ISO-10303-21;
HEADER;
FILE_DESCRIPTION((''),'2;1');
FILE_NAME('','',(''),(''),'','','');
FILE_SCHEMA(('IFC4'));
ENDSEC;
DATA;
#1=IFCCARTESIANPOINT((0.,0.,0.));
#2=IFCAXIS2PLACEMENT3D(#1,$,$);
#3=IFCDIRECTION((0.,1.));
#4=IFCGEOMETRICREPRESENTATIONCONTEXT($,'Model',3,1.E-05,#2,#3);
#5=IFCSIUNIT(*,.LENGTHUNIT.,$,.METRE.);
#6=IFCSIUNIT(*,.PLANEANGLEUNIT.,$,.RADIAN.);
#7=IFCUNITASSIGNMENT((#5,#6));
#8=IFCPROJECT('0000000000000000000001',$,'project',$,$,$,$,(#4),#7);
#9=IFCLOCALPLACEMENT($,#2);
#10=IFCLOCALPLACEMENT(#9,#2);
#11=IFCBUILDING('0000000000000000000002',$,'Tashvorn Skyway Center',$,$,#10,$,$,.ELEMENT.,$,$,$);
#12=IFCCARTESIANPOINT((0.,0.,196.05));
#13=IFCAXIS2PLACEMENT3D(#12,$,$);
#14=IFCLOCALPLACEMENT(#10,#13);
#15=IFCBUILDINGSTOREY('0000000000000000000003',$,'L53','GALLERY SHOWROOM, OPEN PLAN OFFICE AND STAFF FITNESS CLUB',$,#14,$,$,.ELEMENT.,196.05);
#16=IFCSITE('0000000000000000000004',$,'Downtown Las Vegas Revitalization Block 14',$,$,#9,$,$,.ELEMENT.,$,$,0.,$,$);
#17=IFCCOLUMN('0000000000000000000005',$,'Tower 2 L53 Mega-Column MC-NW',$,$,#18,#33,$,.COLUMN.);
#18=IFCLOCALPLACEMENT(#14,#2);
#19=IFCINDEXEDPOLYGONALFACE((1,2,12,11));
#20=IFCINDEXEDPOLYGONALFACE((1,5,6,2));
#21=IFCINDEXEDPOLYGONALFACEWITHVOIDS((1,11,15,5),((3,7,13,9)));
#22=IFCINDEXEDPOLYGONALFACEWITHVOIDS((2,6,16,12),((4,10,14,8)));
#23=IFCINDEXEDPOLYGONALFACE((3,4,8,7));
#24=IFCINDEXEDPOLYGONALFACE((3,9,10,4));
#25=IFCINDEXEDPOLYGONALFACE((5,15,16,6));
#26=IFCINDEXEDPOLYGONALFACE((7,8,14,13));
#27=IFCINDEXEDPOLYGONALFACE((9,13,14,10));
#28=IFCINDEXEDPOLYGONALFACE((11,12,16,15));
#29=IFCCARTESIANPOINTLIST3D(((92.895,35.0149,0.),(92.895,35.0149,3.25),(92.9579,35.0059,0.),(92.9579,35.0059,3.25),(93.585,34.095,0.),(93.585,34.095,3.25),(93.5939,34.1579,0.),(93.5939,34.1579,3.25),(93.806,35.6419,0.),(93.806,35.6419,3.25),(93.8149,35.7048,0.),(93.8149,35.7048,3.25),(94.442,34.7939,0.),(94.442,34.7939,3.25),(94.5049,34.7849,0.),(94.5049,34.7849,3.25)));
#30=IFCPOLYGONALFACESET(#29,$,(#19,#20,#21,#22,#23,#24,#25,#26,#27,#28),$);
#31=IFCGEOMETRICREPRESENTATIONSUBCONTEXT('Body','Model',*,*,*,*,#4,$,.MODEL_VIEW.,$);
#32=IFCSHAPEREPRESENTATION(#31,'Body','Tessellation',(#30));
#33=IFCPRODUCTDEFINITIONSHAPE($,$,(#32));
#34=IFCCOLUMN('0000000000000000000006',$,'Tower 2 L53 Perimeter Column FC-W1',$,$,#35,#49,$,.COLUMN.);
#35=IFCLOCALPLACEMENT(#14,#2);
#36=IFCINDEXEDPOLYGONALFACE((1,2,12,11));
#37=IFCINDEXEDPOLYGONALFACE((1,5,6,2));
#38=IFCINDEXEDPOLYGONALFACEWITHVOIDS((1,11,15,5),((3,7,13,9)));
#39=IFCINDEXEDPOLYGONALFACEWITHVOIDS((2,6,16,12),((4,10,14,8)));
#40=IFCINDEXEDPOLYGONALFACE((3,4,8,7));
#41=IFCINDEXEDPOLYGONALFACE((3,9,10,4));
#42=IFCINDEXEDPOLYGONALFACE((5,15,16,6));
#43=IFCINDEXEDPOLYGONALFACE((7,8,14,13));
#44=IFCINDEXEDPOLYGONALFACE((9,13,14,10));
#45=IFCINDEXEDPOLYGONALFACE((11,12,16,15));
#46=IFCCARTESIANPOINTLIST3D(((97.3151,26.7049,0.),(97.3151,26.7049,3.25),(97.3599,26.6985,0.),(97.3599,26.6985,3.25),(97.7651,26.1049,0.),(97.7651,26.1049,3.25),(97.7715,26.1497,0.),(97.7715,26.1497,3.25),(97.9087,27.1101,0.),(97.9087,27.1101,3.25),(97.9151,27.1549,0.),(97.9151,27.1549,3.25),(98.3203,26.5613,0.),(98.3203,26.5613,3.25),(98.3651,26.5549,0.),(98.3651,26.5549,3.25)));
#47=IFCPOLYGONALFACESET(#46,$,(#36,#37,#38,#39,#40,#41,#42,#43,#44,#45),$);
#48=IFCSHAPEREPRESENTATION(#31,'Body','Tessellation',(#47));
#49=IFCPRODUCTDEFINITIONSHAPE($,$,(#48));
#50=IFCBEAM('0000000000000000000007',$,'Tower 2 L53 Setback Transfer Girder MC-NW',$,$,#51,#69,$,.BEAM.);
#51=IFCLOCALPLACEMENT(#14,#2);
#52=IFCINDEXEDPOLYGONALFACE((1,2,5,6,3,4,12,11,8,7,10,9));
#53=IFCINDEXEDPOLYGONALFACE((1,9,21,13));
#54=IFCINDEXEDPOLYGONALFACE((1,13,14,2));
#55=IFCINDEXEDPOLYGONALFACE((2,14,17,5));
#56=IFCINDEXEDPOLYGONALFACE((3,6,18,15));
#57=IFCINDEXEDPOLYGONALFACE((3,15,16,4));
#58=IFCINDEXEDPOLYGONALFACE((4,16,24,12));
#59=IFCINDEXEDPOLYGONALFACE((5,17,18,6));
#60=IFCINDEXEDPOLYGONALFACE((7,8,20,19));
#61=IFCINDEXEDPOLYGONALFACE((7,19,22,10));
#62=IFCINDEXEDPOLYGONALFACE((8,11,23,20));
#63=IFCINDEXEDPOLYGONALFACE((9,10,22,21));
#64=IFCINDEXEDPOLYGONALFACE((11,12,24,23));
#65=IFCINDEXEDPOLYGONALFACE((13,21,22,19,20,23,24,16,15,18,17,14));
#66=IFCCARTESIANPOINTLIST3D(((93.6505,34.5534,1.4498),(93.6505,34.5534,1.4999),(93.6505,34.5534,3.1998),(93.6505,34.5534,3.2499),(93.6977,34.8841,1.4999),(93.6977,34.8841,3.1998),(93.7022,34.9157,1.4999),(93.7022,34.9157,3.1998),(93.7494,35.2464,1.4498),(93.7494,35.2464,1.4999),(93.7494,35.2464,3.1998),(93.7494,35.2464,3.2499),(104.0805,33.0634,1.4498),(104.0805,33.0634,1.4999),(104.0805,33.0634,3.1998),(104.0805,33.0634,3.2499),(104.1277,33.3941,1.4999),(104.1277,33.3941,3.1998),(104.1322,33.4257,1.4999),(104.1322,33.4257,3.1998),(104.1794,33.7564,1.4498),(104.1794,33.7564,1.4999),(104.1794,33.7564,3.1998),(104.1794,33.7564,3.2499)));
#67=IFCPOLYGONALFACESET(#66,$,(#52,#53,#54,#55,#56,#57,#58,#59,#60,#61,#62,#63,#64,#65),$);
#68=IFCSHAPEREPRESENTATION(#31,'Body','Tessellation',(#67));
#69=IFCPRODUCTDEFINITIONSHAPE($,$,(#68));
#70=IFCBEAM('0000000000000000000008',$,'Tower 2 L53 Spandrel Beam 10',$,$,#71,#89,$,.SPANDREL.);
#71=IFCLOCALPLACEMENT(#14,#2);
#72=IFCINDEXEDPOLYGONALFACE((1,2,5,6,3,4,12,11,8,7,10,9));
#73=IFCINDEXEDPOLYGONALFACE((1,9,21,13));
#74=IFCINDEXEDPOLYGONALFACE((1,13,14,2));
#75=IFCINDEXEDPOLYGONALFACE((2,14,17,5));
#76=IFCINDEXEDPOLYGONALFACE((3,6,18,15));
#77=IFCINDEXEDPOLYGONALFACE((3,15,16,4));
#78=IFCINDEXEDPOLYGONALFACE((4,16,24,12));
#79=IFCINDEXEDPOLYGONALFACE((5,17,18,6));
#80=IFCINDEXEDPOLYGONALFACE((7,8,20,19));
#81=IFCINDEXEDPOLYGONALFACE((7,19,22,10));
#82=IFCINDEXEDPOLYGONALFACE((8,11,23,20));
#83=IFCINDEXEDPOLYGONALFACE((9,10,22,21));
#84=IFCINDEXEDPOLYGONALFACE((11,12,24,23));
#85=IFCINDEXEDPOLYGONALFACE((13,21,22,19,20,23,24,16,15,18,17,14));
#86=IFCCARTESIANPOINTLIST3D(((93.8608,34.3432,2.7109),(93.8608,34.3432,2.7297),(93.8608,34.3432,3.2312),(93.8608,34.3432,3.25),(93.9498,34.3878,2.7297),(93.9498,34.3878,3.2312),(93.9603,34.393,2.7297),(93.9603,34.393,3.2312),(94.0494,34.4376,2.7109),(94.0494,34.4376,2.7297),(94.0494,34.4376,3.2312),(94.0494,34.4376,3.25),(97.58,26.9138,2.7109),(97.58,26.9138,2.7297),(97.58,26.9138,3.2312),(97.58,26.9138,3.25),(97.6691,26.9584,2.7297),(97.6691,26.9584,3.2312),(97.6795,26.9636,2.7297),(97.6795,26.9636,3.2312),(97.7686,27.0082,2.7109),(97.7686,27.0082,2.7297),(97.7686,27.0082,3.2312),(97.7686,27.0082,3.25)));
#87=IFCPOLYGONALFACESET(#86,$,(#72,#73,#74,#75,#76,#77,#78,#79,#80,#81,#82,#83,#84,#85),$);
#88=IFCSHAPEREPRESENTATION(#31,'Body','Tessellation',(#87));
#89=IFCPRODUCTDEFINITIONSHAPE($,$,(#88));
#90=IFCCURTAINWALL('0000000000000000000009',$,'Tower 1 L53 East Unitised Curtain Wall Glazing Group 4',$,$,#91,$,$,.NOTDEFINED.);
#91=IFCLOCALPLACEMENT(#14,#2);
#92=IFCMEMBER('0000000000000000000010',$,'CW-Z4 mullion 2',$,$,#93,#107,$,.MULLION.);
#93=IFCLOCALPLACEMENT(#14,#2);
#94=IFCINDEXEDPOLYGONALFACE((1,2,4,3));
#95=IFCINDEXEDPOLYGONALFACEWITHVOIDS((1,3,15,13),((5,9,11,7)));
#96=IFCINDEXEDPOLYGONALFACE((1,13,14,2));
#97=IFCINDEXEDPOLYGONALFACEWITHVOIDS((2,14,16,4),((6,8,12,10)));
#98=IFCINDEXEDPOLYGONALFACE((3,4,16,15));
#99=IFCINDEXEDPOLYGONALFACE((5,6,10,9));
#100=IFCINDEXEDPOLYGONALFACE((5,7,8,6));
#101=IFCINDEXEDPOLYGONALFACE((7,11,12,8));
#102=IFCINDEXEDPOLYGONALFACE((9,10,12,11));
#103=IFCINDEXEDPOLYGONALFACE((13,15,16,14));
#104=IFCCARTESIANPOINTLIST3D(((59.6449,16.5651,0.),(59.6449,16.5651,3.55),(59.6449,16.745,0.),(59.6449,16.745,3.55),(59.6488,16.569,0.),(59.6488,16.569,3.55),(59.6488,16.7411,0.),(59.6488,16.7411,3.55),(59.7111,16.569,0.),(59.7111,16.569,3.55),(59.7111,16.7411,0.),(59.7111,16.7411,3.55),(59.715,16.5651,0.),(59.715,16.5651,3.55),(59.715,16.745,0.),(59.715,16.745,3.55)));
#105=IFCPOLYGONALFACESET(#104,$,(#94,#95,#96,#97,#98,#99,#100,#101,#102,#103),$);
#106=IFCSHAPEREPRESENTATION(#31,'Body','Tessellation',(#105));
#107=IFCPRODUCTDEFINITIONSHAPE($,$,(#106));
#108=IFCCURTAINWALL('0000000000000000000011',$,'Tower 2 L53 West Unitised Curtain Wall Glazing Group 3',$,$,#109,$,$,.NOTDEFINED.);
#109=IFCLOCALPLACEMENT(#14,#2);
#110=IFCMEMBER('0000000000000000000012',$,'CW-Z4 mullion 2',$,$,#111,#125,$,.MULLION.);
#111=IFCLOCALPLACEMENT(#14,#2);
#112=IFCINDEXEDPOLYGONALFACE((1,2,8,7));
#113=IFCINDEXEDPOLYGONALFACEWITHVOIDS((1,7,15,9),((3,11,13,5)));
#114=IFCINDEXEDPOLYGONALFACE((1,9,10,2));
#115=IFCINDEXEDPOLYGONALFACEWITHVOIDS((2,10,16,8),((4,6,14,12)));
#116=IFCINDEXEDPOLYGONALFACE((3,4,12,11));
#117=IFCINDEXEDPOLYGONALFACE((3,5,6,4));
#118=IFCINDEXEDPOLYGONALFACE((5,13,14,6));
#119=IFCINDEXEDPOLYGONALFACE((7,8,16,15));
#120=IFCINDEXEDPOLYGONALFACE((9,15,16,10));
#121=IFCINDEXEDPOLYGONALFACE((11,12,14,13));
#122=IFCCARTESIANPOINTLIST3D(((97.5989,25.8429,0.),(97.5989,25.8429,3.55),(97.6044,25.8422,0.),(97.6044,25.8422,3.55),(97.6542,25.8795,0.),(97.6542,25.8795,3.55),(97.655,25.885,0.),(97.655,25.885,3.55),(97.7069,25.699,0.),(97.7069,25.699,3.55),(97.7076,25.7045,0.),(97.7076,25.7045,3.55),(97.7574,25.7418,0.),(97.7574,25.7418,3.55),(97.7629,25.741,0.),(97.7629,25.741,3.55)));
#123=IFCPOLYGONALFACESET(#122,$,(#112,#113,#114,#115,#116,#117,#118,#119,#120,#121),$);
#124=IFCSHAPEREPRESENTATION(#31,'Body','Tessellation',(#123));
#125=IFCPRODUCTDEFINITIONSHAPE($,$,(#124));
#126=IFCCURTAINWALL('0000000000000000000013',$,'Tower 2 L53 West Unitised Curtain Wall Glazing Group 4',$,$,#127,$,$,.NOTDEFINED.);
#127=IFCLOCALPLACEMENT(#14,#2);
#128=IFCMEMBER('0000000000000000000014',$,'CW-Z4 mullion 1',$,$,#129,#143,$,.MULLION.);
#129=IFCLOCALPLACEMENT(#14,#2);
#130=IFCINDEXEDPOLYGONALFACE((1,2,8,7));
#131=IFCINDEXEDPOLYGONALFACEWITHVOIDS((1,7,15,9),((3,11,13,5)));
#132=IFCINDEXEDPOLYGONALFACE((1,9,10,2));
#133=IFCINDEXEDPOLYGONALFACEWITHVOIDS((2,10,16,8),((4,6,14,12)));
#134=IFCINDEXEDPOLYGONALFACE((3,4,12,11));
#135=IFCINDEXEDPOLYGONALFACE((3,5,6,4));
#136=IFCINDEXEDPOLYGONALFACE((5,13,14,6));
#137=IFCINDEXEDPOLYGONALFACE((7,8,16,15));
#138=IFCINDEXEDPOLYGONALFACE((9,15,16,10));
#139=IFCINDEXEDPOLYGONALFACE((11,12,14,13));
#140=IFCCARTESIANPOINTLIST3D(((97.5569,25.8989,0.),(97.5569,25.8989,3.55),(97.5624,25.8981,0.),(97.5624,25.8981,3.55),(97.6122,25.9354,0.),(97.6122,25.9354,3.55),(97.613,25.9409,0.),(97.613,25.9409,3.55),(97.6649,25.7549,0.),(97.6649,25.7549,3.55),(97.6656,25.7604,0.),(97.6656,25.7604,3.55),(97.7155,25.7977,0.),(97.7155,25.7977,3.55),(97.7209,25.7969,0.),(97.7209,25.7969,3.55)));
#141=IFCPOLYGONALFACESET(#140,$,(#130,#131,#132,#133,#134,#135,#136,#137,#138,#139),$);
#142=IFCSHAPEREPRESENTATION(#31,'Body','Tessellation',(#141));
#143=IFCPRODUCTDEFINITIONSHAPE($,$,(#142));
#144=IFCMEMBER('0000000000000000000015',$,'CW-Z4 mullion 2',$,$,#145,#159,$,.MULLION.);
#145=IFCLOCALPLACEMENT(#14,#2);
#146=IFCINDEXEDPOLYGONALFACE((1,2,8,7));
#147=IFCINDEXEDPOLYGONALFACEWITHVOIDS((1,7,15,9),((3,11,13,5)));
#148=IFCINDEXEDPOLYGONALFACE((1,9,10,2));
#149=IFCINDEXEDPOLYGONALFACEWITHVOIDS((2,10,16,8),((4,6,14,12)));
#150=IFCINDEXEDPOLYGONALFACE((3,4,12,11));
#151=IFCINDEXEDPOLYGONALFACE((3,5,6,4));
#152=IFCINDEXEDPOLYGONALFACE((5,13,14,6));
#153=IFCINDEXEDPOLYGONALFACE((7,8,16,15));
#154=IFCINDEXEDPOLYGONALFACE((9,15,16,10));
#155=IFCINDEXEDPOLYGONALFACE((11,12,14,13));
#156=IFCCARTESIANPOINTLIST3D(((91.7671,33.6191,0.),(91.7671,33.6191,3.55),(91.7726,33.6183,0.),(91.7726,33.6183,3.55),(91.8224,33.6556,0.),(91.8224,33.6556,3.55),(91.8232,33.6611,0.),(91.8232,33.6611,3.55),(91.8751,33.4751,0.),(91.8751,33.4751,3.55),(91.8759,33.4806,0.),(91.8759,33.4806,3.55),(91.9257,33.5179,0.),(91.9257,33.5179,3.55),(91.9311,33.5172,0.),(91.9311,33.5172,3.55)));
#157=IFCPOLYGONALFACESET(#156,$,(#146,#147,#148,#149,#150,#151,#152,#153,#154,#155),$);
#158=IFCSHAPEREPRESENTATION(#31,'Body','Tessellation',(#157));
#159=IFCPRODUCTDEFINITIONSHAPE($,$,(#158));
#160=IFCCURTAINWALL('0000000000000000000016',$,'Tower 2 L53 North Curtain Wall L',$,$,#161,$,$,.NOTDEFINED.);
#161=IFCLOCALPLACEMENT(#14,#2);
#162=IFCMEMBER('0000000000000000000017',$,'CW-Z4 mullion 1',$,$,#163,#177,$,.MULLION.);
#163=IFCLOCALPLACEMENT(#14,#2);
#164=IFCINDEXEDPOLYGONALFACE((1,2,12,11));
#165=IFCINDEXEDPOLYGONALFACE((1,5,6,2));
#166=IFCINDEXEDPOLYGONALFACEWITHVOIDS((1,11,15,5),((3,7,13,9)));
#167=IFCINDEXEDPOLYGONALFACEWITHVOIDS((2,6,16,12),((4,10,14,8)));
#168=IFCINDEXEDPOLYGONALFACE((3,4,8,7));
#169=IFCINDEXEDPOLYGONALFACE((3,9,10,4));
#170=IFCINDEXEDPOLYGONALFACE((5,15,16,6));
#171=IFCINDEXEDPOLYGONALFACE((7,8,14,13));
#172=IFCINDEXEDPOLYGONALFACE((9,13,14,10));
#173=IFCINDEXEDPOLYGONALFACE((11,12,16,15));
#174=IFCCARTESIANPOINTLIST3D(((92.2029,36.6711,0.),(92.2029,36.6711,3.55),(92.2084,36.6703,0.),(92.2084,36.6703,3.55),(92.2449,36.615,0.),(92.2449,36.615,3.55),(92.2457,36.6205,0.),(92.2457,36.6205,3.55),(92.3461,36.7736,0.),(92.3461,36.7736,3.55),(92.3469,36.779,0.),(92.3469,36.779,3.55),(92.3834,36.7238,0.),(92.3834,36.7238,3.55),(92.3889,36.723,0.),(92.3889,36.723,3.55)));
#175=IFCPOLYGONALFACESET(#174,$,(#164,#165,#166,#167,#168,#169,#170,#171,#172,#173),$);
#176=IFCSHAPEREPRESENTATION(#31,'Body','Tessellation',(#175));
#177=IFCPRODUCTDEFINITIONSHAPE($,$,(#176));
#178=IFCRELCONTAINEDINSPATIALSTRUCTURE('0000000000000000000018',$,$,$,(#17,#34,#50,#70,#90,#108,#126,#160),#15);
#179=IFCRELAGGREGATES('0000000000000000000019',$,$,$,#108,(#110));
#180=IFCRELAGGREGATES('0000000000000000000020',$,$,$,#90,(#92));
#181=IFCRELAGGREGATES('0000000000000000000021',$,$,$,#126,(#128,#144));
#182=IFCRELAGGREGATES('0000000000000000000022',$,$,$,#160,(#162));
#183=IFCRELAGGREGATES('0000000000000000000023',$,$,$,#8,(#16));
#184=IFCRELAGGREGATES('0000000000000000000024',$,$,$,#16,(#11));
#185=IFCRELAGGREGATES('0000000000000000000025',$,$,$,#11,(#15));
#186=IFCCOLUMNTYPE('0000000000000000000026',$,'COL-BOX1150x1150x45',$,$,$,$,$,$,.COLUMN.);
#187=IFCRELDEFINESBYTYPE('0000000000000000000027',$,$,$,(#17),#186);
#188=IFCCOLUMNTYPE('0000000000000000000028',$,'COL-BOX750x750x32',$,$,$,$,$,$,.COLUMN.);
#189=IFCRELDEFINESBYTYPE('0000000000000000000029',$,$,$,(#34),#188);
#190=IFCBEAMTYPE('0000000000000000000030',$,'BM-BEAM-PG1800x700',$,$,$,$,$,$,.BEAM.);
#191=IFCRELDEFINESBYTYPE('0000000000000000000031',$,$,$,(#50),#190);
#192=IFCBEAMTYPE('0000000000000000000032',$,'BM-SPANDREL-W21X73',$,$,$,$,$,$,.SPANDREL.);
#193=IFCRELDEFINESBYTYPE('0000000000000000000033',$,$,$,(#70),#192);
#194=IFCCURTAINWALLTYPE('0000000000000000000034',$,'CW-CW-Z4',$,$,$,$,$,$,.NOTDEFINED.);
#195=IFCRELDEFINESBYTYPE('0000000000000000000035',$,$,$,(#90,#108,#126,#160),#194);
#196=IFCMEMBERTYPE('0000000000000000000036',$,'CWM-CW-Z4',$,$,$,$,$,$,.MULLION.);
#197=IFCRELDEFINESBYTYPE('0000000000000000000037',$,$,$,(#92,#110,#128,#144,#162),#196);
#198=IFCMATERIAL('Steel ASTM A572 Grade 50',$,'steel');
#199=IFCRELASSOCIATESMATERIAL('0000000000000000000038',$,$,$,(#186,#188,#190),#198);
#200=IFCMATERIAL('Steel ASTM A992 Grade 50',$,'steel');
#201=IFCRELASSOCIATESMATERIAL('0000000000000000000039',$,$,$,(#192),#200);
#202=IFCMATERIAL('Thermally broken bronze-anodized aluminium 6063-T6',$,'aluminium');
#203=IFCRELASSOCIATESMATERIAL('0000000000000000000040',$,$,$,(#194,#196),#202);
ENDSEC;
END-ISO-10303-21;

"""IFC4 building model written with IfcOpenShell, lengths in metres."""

from ifc_helpers import new_model, si_unit, direction, frame, origin, origin_2d, place, context, subcontext, project, spatial, hollow_rectangle, i_section, extrude, material, material_profile, profile_set, type_object, element, aggregate, save


model = new_model("IFC4")

# Units and contexts
model_context = context("Model", 3, precision=1e-05, world=origin(), true_north=direction((0.0, 1.0)))
body_context = subcontext(model_context, "Body", "Model", "MODEL_VIEW")
ifc_project = project(units=[si_unit("LENGTHUNIT", "METRE"), si_unit("PLANEANGLEUNIT", "RADIAN")], contexts=[model_context])

# Site, building, storey
site_placement = place(None, origin())
site = spatial("IfcSite", under=ifc_project, at=site_placement, Name="Downtown Las Vegas Revitalization Block 14", CompositionType="ELEMENT", RefElevation=0.0)
building_placement = place(site_placement, origin())
building = spatial("IfcBuilding", under=site, at=building_placement, Name="Tashvorn Skyway Center", CompositionType="ELEMENT")
storey_placement = place(building_placement, frame((0.0, 0.0, 196.05)))
storey = spatial("IfcBuildingStorey", under=building, at=storey_placement, Name="L53", Description="GALLERY SHOWROOM, OPEN PLAN OFFICE AND STAFF FITNESS CLUB", CompositionType="ELEMENT", Elevation=196.05)

# Columns
ifc_material_1 = material(Name="Steel ASTM A572 Grade 50", Category="steel")
ifc_material_profile_1 = material_profile(ifc_material_1, hollow_rectangle(XDim=1.1499, YDim=1.1499, WallThickness=0.0449, at=origin_2d()), Name="BOX1150x1150x45")
ifc_profile_set_1 = profile_set([ifc_material_profile_1], Name="Steel ASTM A572 Grade 50")
column_type_1 = type_object("IfcColumnType", Name="COL-BOX1150x1150x45", PredefinedType="COLUMN", material=ifc_profile_set_1)
column_1_placement = place(storey_placement, frame((93.7, 34.8999, 0.0), z_axis=(0.0, 0.0, 1.0), x_axis=(0.8, 0.6, 0.0)))
element("IfcColumn", 1, at=column_1_placement, inside=storey, type_object=column_type_1, Name="Tower 2 L53 Mega-Column MC-NW", PredefinedType="COLUMN", context=body_context, shape_type="SweptSolid", body=[
    extrude(hollow_rectangle(XDim=1.1499, YDim=1.1499, WallThickness=0.0449, at=origin_2d()), origin(), (0.0, 0.0, 1.0), 3.25),
])
ifc_material_profile_2 = material_profile(ifc_material_1, hollow_rectangle(XDim=0.75, YDim=0.75, WallThickness=0.032, at=origin_2d()), Name="BOX750x750x32")
ifc_profile_set_2 = profile_set([ifc_material_profile_2], Name="Steel ASTM A572 Grade 50")
column_type_2 = type_object("IfcColumnType", Name="COL-BOX750x750x32", PredefinedType="COLUMN", material=ifc_profile_set_2)
column_2_placement = place(storey_placement, frame((97.8401, 26.6299, 0.0), z_axis=(0.0, 0.0, 1.0), x_axis=(0.8, 0.6, 0.0)))
element("IfcColumn", 2, at=column_2_placement, inside=storey, type_object=column_type_2, Name="Tower 2 L53 Perimeter Column FC-W1", PredefinedType="COLUMN", context=body_context, shape_type="SweptSolid", body=[
    extrude(hollow_rectangle(XDim=0.75, YDim=0.75, WallThickness=0.032, at=origin_2d()), origin(), (0.0, 0.0, 1.0), 3.25),
])

# Beams
ifc_material_profile_3 = material_profile(ifc_material_1, i_section(OverallWidth=0.7, OverallDepth=1.8, WebThickness=0.032, FlangeThickness=0.05, at=origin_2d()), Name="PG1800x700")
ifc_profile_set_3 = profile_set([ifc_material_profile_3], Name="Steel ASTM A572 Grade 50")
beam_type_1 = type_object("IfcBeamType", Name="BM-BEAM-PG1800x700", PredefinedType="BEAM", material=ifc_profile_set_3)
beam_1_placement = place(storey_placement, frame((93.7, 34.8999, 2.3499), z_axis=(0.989949, -0.141421, 0.0), x_axis=(0.141421, 0.989949, 0.0)))
element("IfcBeam", 3, at=beam_1_placement, inside=storey, type_object=beam_type_1, Name="Tower 2 L53 Setback Transfer Girder MC-NW", PredefinedType="BEAM", context=body_context, shape_type="SweptSolid", body=[
    extrude(i_section(OverallWidth=0.7, OverallDepth=1.8, WebThickness=0.032, FlangeThickness=0.05, at=origin_2d()), origin(), (0.0, 0.0, 1.0), 10.5359),
])
ifc_material_2 = material(Name="Steel ASTM A992 Grade 50", Category="steel")
ifc_material_profile_4 = material_profile(ifc_material_2, i_section(OverallWidth=0.2109, OverallDepth=0.5391, WebThickness=0.0117, FlangeThickness=0.0188, at=origin_2d()), Name="W21X73")
ifc_profile_set_4 = profile_set([ifc_material_profile_4], Name="Steel ASTM A992 Grade 50")
beam_type_2 = type_object("IfcBeamType", Name="BM-SPANDREL-W21X73", PredefinedType="SPANDREL", material=ifc_profile_set_4)
beam_2_placement = place(storey_placement, frame((93.9551, 34.3904, 2.9805), z_axis=(0.447648, -0.89421, 0.0), x_axis=(0.89421, 0.447648, 0.0)))
element("IfcBeam", 4, at=beam_2_placement, inside=storey, type_object=beam_type_2, Name="Tower 2 L53 Spandrel Beam 10", PredefinedType="SPANDREL", context=body_context, shape_type="SweptSolid", body=[
    extrude(i_section(OverallWidth=0.2109, OverallDepth=0.5391, WebThickness=0.0117, FlangeThickness=0.0188, at=origin_2d()), origin(), (0.0, 0.0, 1.0), 8.3083),
])

# Curtain walls, members
ifc_material_3 = material(Name="Thermally broken bronze-anodized aluminium 6063-T6", Category="aluminium")
curtain_wall_type = type_object("IfcCurtainWallType", Name="CW-CW-Z4", PredefinedType="NOTDEFINED", material=ifc_material_3)
curtain_wall_1_placement = place(storey_placement, origin())
curtain_wall_1 = element("IfcCurtainWall", 5, at=curtain_wall_1_placement, inside=storey, type_object=curtain_wall_type, Name="Tower 1 L53 East Unitised Curtain Wall Glazing Group 4", PredefinedType="NOTDEFINED")
ifc_material_profile_5 = material_profile(ifc_material_3, hollow_rectangle(XDim=0.0701, YDim=0.1799, WallThickness=0.0039, at=origin_2d()), Name="ALU-MULL-70x180")
ifc_profile_set_5 = profile_set([ifc_material_profile_5], Name="Thermally broken bronze-anodized aluminium 6063-T6")
member_type_1 = type_object("IfcMemberType", Name="CWM-CW-Z4", PredefinedType="MULLION", material=ifc_profile_set_5)
member_1_placement = place(storey_placement, frame((59.6799, 16.655, 0.0), z_axis=(0.0, 0.0, 1.0), x_axis=(1.0, 0.0, 0.0)))
member_1 = element("IfcMember", 6, at=member_1_placement, type_object=member_type_1, Name="CW-Z4 mullion 2", PredefinedType="MULLION", context=body_context, shape_type="SweptSolid", body=[
    extrude(hollow_rectangle(XDim=0.0701, YDim=0.1799, WallThickness=0.0039, at=origin_2d()), origin(), (0.0, 0.0, 1.0), 3.55),
])
curtain_wall_2_placement = place(storey_placement, origin())
curtain_wall_2 = element("IfcCurtainWall", 7, at=curtain_wall_2_placement, inside=storey, type_object=curtain_wall_type, Name="Tower 2 L53 West Unitised Curtain Wall Glazing Group 3", PredefinedType="NOTDEFINED")
member_2_placement = place(storey_placement, frame((97.6809, 25.792, 0.0), z_axis=(0.0, 0.0, 1.0), x_axis=(-0.8, -0.6, 0.0)))
member_2 = element("IfcMember", 8, at=member_2_placement, type_object=member_type_1, Name="CW-Z4 mullion 2", PredefinedType="MULLION", context=body_context, shape_type="SweptSolid", body=[
    extrude(hollow_rectangle(XDim=0.0701, YDim=0.1799, WallThickness=0.0039, at=origin_2d()), origin(), (0.0, 0.0, 1.0), 3.55),
])
aggregate(curtain_wall_2, [member_2])

# Curtain wall, members
curtain_wall_3_placement = place(storey_placement, origin())
curtain_wall_3 = element("IfcCurtainWall", 9, at=curtain_wall_3_placement, inside=storey, type_object=curtain_wall_type, Name="Tower 2 L53 West Unitised Curtain Wall Glazing Group 4", PredefinedType="NOTDEFINED")
member_3_placement = place(storey_placement, frame((97.6389, 25.8479, 0.0), z_axis=(0.0, 0.0, 1.0), x_axis=(-0.8, -0.6, 0.0)))
member_3 = element("IfcMember", 10, at=member_3_placement, type_object=member_type_1, Name="CW-Z4 mullion 1", PredefinedType="MULLION", context=body_context, shape_type="SweptSolid", body=[
    extrude(hollow_rectangle(XDim=0.0701, YDim=0.1799, WallThickness=0.0039, at=origin_2d()), origin(), (0.0, 0.0, 1.0), 3.55),
])
member_4_placement = place(storey_placement, frame((91.8491, 33.5681, 0.0), z_axis=(0.0, 0.0, 1.0), x_axis=(-0.8, -0.6, 0.0)))
member_4 = element("IfcMember", 11, at=member_4_placement, type_object=member_type_1, Name="CW-Z4 mullion 2", PredefinedType="MULLION", context=body_context, shape_type="SweptSolid", body=[
    extrude(hollow_rectangle(XDim=0.0701, YDim=0.1799, WallThickness=0.0039, at=origin_2d()), origin(), (0.0, 0.0, 1.0), 3.55),
])

# Curtain wall, member
curtain_wall_4_placement = place(storey_placement, origin())
curtain_wall_4 = element("IfcCurtainWall", 12, at=curtain_wall_4_placement, inside=storey, type_object=curtain_wall_type, Name="Tower 2 L53 North Curtain Wall L", PredefinedType="NOTDEFINED")
member_5_placement = place(storey_placement, frame((92.2959, 36.697, 0.0), z_axis=(0.0, 0.0, 1.0), x_axis=(-0.6, 0.8, 0.0)))
member_5 = element("IfcMember", 13, at=member_5_placement, type_object=member_type_1, Name="CW-Z4 mullion 1", PredefinedType="MULLION", context=body_context, shape_type="SweptSolid", body=[
    extrude(hollow_rectangle(XDim=0.0701, YDim=0.1799, WallThickness=0.0039, at=origin_2d()), origin(), (0.0, 0.0, 1.0), 3.55),
])

aggregate(curtain_wall_1, [member_1])
aggregate(curtain_wall_3, [member_3, member_4])
aggregate(curtain_wall_4, [member_5])

save(model, "model.ifc")
